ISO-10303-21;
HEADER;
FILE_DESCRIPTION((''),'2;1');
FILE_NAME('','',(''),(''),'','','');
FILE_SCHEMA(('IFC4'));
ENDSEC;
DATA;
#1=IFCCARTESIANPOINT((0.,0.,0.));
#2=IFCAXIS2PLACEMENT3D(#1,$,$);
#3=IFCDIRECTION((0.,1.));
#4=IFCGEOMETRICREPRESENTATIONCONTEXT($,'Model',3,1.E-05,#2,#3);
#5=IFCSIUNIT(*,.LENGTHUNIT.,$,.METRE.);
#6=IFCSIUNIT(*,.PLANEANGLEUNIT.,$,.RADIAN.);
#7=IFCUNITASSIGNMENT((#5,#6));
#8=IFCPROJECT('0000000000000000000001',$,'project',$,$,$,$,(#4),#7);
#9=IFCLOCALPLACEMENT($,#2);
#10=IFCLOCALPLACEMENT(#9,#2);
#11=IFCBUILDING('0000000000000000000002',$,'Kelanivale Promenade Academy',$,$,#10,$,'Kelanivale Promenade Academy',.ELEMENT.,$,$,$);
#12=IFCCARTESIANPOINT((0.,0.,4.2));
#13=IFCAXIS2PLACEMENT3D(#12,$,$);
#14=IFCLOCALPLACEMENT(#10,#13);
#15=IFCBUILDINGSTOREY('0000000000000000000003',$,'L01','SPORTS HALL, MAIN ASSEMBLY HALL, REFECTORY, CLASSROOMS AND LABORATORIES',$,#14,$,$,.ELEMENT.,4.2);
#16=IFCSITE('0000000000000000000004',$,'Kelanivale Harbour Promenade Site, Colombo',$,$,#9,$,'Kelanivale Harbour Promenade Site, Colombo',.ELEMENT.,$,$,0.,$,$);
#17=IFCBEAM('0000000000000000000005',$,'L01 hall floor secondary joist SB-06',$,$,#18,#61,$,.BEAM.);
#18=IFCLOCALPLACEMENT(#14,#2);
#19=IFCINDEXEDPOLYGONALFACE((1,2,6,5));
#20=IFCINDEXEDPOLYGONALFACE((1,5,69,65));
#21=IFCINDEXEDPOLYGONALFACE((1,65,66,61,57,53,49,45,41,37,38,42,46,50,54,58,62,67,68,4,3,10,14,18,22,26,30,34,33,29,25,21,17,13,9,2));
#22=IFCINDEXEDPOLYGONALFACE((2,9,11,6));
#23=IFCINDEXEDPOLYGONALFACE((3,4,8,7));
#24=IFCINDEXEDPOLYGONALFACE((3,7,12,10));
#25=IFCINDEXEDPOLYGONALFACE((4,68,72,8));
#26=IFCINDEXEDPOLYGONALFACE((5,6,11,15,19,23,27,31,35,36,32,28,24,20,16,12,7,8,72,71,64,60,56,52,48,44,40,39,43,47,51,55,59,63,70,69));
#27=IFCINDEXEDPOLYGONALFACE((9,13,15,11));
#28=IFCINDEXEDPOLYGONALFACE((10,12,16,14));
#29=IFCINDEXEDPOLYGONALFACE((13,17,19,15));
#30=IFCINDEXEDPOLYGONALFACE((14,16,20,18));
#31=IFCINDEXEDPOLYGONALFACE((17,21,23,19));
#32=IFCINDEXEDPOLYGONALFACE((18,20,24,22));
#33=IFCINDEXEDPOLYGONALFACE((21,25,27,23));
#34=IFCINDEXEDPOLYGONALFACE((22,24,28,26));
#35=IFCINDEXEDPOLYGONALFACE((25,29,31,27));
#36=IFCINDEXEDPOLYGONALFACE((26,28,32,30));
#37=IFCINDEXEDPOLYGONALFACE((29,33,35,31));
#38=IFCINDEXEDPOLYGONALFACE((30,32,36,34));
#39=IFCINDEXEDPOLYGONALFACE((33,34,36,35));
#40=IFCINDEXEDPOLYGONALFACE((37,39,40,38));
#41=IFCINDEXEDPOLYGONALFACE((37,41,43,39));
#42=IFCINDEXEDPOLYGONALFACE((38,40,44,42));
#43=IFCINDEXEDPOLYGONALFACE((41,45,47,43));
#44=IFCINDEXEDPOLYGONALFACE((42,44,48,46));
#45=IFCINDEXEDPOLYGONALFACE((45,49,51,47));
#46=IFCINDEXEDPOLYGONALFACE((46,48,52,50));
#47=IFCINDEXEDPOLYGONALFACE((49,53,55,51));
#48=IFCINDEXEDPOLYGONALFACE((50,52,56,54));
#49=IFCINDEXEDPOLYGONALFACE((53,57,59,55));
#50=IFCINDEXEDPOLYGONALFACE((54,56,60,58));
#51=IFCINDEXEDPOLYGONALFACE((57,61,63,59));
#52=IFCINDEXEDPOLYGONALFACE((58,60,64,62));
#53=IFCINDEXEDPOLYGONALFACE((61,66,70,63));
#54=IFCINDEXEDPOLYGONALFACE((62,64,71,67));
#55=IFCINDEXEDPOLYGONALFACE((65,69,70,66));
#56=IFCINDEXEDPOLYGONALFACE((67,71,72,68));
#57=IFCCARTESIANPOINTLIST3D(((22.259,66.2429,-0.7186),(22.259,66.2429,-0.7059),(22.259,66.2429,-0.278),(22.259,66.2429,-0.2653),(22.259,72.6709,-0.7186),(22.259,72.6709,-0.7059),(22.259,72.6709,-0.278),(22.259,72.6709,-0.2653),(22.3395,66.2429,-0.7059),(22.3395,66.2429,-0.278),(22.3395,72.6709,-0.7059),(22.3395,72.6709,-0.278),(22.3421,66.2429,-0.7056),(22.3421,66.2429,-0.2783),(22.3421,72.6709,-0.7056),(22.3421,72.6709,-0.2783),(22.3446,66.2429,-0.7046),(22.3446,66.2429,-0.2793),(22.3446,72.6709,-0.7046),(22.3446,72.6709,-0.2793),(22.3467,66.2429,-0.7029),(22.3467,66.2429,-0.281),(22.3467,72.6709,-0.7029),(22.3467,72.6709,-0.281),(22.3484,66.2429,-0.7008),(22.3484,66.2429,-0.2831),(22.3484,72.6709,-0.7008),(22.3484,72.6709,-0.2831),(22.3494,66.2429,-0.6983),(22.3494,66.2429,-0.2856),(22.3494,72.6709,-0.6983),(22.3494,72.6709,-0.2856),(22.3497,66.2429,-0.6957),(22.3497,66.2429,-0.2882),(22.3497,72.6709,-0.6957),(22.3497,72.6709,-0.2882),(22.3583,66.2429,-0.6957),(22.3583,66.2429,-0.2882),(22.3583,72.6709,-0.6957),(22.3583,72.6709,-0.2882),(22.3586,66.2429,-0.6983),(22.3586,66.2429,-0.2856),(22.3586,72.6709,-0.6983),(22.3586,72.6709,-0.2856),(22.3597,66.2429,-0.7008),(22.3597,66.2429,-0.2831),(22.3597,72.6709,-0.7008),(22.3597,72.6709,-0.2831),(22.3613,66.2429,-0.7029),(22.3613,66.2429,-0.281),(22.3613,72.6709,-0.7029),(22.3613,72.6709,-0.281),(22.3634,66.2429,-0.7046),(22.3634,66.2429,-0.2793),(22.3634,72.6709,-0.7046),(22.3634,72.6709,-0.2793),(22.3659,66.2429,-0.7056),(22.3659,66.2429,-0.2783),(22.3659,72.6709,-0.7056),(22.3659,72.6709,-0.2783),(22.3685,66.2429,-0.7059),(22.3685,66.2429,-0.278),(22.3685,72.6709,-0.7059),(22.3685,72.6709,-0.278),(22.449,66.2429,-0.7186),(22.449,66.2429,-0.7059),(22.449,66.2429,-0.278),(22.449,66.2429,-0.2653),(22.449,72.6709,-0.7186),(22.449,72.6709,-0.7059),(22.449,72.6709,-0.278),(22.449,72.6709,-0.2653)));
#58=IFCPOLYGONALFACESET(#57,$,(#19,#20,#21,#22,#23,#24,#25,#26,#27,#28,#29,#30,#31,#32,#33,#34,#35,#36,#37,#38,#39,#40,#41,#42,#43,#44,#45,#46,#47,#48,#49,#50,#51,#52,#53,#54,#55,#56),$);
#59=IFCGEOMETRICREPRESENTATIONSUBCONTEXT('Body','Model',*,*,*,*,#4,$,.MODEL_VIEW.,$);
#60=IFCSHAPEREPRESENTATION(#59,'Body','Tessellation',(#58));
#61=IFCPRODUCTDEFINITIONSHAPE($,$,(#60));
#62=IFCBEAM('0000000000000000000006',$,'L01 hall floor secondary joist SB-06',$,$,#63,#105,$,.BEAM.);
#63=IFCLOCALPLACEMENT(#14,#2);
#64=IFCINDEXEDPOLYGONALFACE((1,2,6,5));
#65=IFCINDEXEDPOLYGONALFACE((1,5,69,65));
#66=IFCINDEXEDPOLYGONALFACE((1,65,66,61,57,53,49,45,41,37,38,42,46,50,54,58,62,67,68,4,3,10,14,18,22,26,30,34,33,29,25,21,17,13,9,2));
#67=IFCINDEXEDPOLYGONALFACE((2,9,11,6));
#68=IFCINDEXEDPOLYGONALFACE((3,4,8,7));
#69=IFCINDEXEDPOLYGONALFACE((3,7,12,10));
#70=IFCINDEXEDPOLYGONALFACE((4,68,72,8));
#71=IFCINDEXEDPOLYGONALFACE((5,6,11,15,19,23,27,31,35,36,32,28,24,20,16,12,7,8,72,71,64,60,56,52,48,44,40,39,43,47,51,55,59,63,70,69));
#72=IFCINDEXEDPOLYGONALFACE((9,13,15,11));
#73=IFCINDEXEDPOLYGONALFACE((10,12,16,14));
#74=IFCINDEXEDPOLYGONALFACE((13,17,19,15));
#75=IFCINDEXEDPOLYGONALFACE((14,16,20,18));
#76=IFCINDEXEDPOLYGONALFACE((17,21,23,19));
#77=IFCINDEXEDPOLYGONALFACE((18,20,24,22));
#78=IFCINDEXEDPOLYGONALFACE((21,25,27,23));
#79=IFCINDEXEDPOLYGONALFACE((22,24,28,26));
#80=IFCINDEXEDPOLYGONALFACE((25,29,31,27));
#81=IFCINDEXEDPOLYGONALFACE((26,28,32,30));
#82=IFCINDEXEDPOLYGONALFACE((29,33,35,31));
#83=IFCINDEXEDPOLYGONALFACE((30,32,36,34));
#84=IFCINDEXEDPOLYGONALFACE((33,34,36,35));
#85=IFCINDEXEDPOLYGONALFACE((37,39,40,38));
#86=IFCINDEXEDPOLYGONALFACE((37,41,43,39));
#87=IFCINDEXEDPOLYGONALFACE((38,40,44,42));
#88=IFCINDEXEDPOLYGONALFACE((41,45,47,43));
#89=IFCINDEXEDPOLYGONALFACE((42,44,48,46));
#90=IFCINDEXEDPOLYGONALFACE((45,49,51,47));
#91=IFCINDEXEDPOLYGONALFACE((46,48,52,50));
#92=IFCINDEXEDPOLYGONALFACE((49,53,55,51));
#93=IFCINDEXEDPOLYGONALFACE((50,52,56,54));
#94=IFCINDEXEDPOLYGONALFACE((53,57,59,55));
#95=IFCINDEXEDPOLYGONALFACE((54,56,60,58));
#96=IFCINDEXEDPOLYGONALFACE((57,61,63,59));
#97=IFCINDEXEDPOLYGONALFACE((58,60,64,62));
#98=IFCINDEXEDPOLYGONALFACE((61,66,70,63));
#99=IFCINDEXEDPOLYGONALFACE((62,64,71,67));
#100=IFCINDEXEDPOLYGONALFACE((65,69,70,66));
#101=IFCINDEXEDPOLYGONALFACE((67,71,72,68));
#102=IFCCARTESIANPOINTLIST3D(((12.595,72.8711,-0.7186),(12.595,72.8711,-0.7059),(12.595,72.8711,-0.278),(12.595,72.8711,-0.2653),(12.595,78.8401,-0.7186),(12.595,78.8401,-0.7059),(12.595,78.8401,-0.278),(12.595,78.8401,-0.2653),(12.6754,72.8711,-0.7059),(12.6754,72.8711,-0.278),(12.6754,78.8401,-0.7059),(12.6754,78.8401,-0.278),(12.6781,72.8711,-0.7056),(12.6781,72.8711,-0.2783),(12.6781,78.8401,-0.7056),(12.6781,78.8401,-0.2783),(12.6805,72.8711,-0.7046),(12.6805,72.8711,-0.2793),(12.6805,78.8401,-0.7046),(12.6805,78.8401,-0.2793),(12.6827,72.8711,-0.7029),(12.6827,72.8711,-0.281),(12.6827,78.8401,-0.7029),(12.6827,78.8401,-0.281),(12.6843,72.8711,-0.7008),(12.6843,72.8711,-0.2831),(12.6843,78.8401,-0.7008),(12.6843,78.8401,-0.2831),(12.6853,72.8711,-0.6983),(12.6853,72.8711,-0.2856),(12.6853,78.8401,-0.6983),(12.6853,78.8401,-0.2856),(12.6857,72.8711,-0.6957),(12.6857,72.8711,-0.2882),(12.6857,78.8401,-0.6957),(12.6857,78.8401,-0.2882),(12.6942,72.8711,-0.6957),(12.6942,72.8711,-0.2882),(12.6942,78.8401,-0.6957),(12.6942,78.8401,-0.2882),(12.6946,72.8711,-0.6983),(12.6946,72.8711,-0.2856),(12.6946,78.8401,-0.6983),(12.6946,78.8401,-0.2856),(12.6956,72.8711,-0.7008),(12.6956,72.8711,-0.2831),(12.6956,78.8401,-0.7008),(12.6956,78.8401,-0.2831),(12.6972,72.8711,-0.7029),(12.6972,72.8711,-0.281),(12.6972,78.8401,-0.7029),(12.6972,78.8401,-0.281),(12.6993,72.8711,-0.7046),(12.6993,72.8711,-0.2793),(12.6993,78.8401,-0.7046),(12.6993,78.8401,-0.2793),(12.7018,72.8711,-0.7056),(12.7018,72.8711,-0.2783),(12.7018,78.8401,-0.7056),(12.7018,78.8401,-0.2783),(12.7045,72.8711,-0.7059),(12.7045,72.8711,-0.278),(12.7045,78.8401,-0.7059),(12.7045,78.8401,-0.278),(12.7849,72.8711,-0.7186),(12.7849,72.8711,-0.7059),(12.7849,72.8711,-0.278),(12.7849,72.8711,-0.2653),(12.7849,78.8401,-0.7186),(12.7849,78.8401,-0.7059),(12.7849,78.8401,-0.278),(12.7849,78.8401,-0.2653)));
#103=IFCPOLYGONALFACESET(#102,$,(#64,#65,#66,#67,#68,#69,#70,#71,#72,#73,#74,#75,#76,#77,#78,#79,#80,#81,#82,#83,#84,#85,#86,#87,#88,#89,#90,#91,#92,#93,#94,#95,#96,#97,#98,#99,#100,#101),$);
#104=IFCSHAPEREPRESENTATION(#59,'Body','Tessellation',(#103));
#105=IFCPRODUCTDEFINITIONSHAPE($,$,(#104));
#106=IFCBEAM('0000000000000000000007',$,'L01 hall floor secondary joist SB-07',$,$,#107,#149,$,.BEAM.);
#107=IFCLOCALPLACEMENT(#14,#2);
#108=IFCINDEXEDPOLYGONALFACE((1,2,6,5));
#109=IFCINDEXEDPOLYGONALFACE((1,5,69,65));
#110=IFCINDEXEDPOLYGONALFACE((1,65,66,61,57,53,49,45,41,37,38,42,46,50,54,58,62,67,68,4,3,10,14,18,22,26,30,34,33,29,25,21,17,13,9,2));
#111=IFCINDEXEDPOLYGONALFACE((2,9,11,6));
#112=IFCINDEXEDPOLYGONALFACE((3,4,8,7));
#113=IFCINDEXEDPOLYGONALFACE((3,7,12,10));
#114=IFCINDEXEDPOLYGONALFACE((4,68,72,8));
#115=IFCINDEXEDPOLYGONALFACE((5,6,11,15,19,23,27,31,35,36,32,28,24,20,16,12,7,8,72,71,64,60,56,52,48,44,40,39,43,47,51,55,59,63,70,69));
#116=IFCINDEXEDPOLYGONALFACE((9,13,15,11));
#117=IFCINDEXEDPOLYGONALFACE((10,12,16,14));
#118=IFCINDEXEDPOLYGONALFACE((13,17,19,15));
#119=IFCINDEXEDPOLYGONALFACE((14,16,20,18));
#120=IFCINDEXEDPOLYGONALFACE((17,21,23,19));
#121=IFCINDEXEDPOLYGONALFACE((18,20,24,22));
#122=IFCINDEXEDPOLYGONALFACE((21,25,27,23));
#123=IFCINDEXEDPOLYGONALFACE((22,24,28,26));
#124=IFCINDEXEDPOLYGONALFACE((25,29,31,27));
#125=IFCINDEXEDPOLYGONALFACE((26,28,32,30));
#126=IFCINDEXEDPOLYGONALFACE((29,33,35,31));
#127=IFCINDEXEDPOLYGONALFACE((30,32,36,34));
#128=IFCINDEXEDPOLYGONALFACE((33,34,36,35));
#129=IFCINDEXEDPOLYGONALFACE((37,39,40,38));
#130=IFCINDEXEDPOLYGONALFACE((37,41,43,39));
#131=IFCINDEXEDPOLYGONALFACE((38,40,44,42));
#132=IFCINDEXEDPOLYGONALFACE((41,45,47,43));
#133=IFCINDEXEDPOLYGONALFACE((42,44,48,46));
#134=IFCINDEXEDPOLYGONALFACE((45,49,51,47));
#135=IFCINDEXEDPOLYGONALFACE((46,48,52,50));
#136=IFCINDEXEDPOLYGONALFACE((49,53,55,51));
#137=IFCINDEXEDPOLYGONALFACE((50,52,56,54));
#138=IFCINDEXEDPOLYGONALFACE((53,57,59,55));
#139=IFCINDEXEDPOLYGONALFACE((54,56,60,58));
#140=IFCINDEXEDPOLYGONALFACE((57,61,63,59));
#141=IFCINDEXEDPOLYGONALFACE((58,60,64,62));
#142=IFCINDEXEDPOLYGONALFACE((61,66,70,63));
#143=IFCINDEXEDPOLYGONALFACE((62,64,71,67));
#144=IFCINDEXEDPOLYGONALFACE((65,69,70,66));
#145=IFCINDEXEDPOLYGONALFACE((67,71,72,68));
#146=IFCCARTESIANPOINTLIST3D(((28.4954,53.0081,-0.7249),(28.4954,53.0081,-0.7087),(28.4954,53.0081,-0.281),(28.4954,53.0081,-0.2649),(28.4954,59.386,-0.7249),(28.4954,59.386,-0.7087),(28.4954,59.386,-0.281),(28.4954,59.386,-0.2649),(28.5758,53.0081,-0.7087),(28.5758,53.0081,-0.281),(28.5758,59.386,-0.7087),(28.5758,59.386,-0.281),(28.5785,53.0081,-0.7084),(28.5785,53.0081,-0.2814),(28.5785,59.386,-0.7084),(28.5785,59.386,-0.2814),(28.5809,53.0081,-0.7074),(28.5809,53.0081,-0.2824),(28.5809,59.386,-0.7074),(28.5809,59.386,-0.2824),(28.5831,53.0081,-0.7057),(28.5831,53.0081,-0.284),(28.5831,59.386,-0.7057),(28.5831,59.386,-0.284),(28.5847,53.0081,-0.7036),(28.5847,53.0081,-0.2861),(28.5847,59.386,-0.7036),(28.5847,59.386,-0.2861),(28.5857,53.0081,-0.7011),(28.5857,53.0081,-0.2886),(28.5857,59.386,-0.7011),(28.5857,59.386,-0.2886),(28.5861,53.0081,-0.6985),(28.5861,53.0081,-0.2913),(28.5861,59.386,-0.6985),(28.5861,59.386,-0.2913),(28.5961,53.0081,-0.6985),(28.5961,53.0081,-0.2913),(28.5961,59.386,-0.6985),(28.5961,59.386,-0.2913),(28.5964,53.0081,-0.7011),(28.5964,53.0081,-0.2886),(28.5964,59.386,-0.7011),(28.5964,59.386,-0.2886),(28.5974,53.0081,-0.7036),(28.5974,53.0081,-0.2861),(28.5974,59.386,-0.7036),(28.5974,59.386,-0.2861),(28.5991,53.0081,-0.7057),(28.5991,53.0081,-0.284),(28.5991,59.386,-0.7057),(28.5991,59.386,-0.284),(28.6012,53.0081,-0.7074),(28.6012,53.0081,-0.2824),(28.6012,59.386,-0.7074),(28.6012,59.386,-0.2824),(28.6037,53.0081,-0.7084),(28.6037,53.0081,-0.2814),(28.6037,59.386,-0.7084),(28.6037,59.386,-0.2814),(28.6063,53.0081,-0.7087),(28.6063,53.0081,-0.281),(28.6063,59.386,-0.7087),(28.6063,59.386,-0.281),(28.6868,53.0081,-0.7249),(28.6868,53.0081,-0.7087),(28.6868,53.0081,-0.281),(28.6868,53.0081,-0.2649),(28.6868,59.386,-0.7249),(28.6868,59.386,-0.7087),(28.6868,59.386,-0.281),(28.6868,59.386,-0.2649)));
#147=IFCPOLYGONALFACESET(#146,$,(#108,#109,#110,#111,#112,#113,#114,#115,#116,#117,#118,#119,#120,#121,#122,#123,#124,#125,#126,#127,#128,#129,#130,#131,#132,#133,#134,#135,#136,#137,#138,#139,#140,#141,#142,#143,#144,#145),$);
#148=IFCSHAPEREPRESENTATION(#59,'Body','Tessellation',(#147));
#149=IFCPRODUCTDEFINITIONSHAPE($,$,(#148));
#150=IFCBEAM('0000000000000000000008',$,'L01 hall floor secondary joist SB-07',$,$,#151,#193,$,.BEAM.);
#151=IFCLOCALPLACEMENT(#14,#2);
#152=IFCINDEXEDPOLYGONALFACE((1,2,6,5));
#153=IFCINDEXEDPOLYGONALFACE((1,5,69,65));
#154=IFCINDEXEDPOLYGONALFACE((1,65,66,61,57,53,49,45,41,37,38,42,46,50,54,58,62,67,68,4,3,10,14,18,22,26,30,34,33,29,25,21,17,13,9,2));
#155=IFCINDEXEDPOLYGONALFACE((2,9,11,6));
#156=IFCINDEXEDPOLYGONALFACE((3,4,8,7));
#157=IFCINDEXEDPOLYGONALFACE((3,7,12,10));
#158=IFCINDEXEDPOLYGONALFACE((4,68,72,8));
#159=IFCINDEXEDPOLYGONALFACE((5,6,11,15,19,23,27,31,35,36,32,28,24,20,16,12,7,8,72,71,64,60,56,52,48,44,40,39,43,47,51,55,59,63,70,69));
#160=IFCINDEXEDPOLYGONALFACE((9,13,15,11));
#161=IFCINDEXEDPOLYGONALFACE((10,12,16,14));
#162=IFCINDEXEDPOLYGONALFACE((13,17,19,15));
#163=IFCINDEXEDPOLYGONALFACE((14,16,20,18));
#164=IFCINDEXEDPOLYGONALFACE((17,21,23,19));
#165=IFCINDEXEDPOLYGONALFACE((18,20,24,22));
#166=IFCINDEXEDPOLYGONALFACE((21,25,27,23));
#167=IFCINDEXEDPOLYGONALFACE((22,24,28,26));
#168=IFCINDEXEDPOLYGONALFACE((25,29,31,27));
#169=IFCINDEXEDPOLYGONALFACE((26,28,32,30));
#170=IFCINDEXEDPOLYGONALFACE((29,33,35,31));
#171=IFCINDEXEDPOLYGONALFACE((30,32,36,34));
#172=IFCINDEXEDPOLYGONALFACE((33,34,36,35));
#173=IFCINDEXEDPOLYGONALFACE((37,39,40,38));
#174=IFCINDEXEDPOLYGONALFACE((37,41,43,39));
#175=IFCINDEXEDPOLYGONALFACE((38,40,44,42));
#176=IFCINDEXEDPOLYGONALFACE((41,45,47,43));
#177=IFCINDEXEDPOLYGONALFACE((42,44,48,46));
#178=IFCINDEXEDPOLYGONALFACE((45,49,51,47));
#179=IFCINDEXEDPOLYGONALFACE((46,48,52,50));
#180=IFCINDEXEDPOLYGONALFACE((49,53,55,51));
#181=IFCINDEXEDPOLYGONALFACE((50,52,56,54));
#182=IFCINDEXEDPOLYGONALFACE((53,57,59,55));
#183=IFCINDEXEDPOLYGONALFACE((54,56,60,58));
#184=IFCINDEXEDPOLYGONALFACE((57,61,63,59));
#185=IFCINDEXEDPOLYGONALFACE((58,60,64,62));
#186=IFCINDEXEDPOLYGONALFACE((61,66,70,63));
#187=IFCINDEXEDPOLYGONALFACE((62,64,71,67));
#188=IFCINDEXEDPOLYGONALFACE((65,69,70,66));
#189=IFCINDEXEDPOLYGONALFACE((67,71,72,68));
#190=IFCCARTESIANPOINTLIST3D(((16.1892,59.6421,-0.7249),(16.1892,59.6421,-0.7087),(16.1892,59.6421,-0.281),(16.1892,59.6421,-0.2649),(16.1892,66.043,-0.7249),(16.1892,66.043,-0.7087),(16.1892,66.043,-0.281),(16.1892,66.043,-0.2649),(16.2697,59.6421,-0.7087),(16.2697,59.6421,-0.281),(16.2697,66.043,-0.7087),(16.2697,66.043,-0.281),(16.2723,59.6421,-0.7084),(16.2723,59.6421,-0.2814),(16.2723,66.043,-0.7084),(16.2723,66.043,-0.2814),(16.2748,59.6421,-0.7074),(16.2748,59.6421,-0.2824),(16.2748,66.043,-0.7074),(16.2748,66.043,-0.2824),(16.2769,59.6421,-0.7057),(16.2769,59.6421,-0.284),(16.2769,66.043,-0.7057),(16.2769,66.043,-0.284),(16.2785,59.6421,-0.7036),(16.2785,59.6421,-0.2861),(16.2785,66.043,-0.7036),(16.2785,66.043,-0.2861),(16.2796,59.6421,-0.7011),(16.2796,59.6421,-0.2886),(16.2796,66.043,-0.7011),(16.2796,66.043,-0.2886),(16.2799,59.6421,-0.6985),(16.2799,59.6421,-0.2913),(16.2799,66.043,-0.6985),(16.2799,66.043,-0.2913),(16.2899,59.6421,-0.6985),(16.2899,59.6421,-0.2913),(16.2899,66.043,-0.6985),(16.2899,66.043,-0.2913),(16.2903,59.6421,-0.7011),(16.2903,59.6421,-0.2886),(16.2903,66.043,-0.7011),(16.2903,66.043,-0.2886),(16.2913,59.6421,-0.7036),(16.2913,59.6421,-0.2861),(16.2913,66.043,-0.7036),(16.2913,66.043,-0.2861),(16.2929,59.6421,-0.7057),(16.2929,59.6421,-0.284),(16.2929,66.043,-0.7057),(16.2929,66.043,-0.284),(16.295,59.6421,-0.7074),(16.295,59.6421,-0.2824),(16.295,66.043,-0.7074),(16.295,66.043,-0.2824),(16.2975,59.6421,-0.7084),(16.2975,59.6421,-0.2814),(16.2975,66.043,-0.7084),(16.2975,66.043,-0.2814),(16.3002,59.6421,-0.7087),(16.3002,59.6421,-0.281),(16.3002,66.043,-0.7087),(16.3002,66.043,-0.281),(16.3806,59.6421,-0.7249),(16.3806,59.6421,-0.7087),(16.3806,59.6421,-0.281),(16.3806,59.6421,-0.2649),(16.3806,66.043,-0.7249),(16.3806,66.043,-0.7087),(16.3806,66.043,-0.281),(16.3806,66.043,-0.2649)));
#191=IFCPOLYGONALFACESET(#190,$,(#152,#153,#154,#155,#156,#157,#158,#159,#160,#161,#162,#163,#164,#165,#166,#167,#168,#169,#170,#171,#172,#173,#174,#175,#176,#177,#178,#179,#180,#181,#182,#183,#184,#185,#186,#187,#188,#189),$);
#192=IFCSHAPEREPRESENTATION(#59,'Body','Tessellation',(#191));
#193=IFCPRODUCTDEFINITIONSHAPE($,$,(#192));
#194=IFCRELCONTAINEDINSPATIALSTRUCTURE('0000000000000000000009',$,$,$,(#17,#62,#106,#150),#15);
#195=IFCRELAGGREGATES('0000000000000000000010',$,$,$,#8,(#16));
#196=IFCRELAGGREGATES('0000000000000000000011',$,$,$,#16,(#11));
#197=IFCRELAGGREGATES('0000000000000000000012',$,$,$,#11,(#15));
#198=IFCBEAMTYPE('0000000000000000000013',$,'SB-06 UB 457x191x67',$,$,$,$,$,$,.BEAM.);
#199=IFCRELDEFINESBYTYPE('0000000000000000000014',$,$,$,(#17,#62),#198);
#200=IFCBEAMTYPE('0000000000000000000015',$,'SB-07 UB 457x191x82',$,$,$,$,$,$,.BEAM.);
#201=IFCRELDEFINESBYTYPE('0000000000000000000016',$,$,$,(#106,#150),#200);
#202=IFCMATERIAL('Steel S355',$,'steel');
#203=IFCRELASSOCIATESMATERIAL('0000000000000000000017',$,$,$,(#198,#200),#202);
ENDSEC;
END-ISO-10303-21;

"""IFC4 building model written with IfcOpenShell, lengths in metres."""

from ifc_helpers import new_model, si_unit, direction, frame, origin, origin_2d, place, context, subcontext, project, spatial, i_section, extrude, material, material_profile, profile_set, type_object, element, save


model = new_model("IFC4")

# Units and contexts
model_context = context("Model", 3, precision=1e-05, world=origin(), true_north=direction((0.0, 1.0)))
body_context = subcontext(model_context, "Body", "Model", "MODEL_VIEW")
ifc_project = project(units=[si_unit("LENGTHUNIT", "METRE"), si_unit("PLANEANGLEUNIT", "RADIAN")], contexts=[model_context])

# Site, building, storey
site_placement = place(None, origin())
site = spatial("IfcSite", under=ifc_project, at=site_placement, Name="Kelanivale Harbour Promenade Site, Colombo", LongName="Kelanivale Harbour Promenade Site, Colombo", CompositionType="ELEMENT", RefElevation=0.0)
building_placement = place(site_placement, origin())
building = spatial("IfcBuilding", under=site, at=building_placement, Name="Kelanivale Promenade Academy", LongName="Kelanivale Promenade Academy", CompositionType="ELEMENT")
storey_placement = place(building_placement, frame((0.0, 0.0, 4.2)))
storey = spatial("IfcBuildingStorey", under=building, at=storey_placement, Name="L01", Description="SPORTS HALL, MAIN ASSEMBLY HALL, REFECTORY, CLASSROOMS AND LABORATORIES", CompositionType="ELEMENT", Elevation=4.2)

# Shared definitions
ifc_material_1 = material(Name="Steel S355", Category="steel")

# Beams
ifc_material_profile_1 = material_profile(ifc_material_1, i_section(OverallWidth=0.1899, OverallDepth=0.4534, WebThickness=0.0085, FlangeThickness=0.0127, FilletRadius=0.0103, at=origin_2d()), Name="UB 457x191x67")
ifc_profile_set_1 = profile_set([ifc_material_profile_1], Name="Steel S355")
beam_type_1 = type_object("IfcBeamType", Name="SB-06 UB 457x191x67", PredefinedType="BEAM", material=ifc_profile_set_1)
beam_1_placement = place(storey_placement, frame((22.354, 66.2429, -0.4919), z_axis=(0.0, 1.0, 0.0), x_axis=(-1.0, 0.0, 0.0)))
element("IfcBeam", 1, at=beam_1_placement, inside=storey, type_object=beam_type_1, Name="L01 hall floor secondary joist SB-06", PredefinedType="BEAM", context=body_context, shape_type="SweptSolid", body=[
    extrude(i_section(OverallWidth=0.1899, OverallDepth=0.4534, WebThickness=0.0085, FlangeThickness=0.0127, FilletRadius=0.0103, at=origin_2d()), origin(), (0.0, 0.0, 1.0), 6.428),
])
beam_2_placement = place(storey_placement, frame((12.6899, 72.8711, -0.4919), z_axis=(0.0, 1.0, 0.0), x_axis=(-1.0, 0.0, 0.0)))
element("IfcBeam", 2, at=beam_2_placement, inside=storey, type_object=beam_type_1, Name="L01 hall floor secondary joist SB-06", PredefinedType="BEAM", context=body_context, shape_type="SweptSolid", body=[
    extrude(i_section(OverallWidth=0.1899, OverallDepth=0.4534, WebThickness=0.0085, FlangeThickness=0.0127, FilletRadius=0.0103, at=origin_2d()), origin(), (0.0, 0.0, 1.0), 5.969),
])
ifc_material_profile_2 = material_profile(ifc_material_1, i_section(OverallWidth=0.1914, OverallDepth=0.46, WebThickness=0.01, FlangeThickness=0.0161, FilletRadius=0.0103, at=origin_2d()), Name="UB 457x191x82")
ifc_profile_set_2 = profile_set([ifc_material_profile_2], Name="Steel S355")
beam_type_2 = type_object("IfcBeamType", Name="SB-07 UB 457x191x82", PredefinedType="BEAM", material=ifc_profile_set_2)
beam_3_placement = place(storey_placement, frame((28.5911, 53.0081, -0.4949), z_axis=(0.0, 1.0, 0.0), x_axis=(-1.0, 0.0, 0.0)))
element("IfcBeam", 3, at=beam_3_placement, inside=storey, type_object=beam_type_2, Name="L01 hall floor secondary joist SB-07", PredefinedType="BEAM", context=body_context, shape_type="SweptSolid", body=[
    extrude(i_section(OverallWidth=0.1914, OverallDepth=0.46, WebThickness=0.01, FlangeThickness=0.0161, FilletRadius=0.0103, at=origin_2d()), origin(), (0.0, 0.0, 1.0), 6.3779),
])
beam_4_placement = place(storey_placement, frame((16.2849, 59.6421, -0.4949), z_axis=(0.0, 1.0, 0.0), x_axis=(-1.0, 0.0, 0.0)))
element("IfcBeam", 4, at=beam_4_placement, inside=storey, type_object=beam_type_2, Name="L01 hall floor secondary joist SB-07", PredefinedType="BEAM", context=body_context, shape_type="SweptSolid", body=[
    extrude(i_section(OverallWidth=0.1914, OverallDepth=0.46, WebThickness=0.01, FlangeThickness=0.0161, FilletRadius=0.0103, at=origin_2d()), origin(), (0.0, 0.0, 1.0), 6.4009),
])

save(model, "model.ifc")
